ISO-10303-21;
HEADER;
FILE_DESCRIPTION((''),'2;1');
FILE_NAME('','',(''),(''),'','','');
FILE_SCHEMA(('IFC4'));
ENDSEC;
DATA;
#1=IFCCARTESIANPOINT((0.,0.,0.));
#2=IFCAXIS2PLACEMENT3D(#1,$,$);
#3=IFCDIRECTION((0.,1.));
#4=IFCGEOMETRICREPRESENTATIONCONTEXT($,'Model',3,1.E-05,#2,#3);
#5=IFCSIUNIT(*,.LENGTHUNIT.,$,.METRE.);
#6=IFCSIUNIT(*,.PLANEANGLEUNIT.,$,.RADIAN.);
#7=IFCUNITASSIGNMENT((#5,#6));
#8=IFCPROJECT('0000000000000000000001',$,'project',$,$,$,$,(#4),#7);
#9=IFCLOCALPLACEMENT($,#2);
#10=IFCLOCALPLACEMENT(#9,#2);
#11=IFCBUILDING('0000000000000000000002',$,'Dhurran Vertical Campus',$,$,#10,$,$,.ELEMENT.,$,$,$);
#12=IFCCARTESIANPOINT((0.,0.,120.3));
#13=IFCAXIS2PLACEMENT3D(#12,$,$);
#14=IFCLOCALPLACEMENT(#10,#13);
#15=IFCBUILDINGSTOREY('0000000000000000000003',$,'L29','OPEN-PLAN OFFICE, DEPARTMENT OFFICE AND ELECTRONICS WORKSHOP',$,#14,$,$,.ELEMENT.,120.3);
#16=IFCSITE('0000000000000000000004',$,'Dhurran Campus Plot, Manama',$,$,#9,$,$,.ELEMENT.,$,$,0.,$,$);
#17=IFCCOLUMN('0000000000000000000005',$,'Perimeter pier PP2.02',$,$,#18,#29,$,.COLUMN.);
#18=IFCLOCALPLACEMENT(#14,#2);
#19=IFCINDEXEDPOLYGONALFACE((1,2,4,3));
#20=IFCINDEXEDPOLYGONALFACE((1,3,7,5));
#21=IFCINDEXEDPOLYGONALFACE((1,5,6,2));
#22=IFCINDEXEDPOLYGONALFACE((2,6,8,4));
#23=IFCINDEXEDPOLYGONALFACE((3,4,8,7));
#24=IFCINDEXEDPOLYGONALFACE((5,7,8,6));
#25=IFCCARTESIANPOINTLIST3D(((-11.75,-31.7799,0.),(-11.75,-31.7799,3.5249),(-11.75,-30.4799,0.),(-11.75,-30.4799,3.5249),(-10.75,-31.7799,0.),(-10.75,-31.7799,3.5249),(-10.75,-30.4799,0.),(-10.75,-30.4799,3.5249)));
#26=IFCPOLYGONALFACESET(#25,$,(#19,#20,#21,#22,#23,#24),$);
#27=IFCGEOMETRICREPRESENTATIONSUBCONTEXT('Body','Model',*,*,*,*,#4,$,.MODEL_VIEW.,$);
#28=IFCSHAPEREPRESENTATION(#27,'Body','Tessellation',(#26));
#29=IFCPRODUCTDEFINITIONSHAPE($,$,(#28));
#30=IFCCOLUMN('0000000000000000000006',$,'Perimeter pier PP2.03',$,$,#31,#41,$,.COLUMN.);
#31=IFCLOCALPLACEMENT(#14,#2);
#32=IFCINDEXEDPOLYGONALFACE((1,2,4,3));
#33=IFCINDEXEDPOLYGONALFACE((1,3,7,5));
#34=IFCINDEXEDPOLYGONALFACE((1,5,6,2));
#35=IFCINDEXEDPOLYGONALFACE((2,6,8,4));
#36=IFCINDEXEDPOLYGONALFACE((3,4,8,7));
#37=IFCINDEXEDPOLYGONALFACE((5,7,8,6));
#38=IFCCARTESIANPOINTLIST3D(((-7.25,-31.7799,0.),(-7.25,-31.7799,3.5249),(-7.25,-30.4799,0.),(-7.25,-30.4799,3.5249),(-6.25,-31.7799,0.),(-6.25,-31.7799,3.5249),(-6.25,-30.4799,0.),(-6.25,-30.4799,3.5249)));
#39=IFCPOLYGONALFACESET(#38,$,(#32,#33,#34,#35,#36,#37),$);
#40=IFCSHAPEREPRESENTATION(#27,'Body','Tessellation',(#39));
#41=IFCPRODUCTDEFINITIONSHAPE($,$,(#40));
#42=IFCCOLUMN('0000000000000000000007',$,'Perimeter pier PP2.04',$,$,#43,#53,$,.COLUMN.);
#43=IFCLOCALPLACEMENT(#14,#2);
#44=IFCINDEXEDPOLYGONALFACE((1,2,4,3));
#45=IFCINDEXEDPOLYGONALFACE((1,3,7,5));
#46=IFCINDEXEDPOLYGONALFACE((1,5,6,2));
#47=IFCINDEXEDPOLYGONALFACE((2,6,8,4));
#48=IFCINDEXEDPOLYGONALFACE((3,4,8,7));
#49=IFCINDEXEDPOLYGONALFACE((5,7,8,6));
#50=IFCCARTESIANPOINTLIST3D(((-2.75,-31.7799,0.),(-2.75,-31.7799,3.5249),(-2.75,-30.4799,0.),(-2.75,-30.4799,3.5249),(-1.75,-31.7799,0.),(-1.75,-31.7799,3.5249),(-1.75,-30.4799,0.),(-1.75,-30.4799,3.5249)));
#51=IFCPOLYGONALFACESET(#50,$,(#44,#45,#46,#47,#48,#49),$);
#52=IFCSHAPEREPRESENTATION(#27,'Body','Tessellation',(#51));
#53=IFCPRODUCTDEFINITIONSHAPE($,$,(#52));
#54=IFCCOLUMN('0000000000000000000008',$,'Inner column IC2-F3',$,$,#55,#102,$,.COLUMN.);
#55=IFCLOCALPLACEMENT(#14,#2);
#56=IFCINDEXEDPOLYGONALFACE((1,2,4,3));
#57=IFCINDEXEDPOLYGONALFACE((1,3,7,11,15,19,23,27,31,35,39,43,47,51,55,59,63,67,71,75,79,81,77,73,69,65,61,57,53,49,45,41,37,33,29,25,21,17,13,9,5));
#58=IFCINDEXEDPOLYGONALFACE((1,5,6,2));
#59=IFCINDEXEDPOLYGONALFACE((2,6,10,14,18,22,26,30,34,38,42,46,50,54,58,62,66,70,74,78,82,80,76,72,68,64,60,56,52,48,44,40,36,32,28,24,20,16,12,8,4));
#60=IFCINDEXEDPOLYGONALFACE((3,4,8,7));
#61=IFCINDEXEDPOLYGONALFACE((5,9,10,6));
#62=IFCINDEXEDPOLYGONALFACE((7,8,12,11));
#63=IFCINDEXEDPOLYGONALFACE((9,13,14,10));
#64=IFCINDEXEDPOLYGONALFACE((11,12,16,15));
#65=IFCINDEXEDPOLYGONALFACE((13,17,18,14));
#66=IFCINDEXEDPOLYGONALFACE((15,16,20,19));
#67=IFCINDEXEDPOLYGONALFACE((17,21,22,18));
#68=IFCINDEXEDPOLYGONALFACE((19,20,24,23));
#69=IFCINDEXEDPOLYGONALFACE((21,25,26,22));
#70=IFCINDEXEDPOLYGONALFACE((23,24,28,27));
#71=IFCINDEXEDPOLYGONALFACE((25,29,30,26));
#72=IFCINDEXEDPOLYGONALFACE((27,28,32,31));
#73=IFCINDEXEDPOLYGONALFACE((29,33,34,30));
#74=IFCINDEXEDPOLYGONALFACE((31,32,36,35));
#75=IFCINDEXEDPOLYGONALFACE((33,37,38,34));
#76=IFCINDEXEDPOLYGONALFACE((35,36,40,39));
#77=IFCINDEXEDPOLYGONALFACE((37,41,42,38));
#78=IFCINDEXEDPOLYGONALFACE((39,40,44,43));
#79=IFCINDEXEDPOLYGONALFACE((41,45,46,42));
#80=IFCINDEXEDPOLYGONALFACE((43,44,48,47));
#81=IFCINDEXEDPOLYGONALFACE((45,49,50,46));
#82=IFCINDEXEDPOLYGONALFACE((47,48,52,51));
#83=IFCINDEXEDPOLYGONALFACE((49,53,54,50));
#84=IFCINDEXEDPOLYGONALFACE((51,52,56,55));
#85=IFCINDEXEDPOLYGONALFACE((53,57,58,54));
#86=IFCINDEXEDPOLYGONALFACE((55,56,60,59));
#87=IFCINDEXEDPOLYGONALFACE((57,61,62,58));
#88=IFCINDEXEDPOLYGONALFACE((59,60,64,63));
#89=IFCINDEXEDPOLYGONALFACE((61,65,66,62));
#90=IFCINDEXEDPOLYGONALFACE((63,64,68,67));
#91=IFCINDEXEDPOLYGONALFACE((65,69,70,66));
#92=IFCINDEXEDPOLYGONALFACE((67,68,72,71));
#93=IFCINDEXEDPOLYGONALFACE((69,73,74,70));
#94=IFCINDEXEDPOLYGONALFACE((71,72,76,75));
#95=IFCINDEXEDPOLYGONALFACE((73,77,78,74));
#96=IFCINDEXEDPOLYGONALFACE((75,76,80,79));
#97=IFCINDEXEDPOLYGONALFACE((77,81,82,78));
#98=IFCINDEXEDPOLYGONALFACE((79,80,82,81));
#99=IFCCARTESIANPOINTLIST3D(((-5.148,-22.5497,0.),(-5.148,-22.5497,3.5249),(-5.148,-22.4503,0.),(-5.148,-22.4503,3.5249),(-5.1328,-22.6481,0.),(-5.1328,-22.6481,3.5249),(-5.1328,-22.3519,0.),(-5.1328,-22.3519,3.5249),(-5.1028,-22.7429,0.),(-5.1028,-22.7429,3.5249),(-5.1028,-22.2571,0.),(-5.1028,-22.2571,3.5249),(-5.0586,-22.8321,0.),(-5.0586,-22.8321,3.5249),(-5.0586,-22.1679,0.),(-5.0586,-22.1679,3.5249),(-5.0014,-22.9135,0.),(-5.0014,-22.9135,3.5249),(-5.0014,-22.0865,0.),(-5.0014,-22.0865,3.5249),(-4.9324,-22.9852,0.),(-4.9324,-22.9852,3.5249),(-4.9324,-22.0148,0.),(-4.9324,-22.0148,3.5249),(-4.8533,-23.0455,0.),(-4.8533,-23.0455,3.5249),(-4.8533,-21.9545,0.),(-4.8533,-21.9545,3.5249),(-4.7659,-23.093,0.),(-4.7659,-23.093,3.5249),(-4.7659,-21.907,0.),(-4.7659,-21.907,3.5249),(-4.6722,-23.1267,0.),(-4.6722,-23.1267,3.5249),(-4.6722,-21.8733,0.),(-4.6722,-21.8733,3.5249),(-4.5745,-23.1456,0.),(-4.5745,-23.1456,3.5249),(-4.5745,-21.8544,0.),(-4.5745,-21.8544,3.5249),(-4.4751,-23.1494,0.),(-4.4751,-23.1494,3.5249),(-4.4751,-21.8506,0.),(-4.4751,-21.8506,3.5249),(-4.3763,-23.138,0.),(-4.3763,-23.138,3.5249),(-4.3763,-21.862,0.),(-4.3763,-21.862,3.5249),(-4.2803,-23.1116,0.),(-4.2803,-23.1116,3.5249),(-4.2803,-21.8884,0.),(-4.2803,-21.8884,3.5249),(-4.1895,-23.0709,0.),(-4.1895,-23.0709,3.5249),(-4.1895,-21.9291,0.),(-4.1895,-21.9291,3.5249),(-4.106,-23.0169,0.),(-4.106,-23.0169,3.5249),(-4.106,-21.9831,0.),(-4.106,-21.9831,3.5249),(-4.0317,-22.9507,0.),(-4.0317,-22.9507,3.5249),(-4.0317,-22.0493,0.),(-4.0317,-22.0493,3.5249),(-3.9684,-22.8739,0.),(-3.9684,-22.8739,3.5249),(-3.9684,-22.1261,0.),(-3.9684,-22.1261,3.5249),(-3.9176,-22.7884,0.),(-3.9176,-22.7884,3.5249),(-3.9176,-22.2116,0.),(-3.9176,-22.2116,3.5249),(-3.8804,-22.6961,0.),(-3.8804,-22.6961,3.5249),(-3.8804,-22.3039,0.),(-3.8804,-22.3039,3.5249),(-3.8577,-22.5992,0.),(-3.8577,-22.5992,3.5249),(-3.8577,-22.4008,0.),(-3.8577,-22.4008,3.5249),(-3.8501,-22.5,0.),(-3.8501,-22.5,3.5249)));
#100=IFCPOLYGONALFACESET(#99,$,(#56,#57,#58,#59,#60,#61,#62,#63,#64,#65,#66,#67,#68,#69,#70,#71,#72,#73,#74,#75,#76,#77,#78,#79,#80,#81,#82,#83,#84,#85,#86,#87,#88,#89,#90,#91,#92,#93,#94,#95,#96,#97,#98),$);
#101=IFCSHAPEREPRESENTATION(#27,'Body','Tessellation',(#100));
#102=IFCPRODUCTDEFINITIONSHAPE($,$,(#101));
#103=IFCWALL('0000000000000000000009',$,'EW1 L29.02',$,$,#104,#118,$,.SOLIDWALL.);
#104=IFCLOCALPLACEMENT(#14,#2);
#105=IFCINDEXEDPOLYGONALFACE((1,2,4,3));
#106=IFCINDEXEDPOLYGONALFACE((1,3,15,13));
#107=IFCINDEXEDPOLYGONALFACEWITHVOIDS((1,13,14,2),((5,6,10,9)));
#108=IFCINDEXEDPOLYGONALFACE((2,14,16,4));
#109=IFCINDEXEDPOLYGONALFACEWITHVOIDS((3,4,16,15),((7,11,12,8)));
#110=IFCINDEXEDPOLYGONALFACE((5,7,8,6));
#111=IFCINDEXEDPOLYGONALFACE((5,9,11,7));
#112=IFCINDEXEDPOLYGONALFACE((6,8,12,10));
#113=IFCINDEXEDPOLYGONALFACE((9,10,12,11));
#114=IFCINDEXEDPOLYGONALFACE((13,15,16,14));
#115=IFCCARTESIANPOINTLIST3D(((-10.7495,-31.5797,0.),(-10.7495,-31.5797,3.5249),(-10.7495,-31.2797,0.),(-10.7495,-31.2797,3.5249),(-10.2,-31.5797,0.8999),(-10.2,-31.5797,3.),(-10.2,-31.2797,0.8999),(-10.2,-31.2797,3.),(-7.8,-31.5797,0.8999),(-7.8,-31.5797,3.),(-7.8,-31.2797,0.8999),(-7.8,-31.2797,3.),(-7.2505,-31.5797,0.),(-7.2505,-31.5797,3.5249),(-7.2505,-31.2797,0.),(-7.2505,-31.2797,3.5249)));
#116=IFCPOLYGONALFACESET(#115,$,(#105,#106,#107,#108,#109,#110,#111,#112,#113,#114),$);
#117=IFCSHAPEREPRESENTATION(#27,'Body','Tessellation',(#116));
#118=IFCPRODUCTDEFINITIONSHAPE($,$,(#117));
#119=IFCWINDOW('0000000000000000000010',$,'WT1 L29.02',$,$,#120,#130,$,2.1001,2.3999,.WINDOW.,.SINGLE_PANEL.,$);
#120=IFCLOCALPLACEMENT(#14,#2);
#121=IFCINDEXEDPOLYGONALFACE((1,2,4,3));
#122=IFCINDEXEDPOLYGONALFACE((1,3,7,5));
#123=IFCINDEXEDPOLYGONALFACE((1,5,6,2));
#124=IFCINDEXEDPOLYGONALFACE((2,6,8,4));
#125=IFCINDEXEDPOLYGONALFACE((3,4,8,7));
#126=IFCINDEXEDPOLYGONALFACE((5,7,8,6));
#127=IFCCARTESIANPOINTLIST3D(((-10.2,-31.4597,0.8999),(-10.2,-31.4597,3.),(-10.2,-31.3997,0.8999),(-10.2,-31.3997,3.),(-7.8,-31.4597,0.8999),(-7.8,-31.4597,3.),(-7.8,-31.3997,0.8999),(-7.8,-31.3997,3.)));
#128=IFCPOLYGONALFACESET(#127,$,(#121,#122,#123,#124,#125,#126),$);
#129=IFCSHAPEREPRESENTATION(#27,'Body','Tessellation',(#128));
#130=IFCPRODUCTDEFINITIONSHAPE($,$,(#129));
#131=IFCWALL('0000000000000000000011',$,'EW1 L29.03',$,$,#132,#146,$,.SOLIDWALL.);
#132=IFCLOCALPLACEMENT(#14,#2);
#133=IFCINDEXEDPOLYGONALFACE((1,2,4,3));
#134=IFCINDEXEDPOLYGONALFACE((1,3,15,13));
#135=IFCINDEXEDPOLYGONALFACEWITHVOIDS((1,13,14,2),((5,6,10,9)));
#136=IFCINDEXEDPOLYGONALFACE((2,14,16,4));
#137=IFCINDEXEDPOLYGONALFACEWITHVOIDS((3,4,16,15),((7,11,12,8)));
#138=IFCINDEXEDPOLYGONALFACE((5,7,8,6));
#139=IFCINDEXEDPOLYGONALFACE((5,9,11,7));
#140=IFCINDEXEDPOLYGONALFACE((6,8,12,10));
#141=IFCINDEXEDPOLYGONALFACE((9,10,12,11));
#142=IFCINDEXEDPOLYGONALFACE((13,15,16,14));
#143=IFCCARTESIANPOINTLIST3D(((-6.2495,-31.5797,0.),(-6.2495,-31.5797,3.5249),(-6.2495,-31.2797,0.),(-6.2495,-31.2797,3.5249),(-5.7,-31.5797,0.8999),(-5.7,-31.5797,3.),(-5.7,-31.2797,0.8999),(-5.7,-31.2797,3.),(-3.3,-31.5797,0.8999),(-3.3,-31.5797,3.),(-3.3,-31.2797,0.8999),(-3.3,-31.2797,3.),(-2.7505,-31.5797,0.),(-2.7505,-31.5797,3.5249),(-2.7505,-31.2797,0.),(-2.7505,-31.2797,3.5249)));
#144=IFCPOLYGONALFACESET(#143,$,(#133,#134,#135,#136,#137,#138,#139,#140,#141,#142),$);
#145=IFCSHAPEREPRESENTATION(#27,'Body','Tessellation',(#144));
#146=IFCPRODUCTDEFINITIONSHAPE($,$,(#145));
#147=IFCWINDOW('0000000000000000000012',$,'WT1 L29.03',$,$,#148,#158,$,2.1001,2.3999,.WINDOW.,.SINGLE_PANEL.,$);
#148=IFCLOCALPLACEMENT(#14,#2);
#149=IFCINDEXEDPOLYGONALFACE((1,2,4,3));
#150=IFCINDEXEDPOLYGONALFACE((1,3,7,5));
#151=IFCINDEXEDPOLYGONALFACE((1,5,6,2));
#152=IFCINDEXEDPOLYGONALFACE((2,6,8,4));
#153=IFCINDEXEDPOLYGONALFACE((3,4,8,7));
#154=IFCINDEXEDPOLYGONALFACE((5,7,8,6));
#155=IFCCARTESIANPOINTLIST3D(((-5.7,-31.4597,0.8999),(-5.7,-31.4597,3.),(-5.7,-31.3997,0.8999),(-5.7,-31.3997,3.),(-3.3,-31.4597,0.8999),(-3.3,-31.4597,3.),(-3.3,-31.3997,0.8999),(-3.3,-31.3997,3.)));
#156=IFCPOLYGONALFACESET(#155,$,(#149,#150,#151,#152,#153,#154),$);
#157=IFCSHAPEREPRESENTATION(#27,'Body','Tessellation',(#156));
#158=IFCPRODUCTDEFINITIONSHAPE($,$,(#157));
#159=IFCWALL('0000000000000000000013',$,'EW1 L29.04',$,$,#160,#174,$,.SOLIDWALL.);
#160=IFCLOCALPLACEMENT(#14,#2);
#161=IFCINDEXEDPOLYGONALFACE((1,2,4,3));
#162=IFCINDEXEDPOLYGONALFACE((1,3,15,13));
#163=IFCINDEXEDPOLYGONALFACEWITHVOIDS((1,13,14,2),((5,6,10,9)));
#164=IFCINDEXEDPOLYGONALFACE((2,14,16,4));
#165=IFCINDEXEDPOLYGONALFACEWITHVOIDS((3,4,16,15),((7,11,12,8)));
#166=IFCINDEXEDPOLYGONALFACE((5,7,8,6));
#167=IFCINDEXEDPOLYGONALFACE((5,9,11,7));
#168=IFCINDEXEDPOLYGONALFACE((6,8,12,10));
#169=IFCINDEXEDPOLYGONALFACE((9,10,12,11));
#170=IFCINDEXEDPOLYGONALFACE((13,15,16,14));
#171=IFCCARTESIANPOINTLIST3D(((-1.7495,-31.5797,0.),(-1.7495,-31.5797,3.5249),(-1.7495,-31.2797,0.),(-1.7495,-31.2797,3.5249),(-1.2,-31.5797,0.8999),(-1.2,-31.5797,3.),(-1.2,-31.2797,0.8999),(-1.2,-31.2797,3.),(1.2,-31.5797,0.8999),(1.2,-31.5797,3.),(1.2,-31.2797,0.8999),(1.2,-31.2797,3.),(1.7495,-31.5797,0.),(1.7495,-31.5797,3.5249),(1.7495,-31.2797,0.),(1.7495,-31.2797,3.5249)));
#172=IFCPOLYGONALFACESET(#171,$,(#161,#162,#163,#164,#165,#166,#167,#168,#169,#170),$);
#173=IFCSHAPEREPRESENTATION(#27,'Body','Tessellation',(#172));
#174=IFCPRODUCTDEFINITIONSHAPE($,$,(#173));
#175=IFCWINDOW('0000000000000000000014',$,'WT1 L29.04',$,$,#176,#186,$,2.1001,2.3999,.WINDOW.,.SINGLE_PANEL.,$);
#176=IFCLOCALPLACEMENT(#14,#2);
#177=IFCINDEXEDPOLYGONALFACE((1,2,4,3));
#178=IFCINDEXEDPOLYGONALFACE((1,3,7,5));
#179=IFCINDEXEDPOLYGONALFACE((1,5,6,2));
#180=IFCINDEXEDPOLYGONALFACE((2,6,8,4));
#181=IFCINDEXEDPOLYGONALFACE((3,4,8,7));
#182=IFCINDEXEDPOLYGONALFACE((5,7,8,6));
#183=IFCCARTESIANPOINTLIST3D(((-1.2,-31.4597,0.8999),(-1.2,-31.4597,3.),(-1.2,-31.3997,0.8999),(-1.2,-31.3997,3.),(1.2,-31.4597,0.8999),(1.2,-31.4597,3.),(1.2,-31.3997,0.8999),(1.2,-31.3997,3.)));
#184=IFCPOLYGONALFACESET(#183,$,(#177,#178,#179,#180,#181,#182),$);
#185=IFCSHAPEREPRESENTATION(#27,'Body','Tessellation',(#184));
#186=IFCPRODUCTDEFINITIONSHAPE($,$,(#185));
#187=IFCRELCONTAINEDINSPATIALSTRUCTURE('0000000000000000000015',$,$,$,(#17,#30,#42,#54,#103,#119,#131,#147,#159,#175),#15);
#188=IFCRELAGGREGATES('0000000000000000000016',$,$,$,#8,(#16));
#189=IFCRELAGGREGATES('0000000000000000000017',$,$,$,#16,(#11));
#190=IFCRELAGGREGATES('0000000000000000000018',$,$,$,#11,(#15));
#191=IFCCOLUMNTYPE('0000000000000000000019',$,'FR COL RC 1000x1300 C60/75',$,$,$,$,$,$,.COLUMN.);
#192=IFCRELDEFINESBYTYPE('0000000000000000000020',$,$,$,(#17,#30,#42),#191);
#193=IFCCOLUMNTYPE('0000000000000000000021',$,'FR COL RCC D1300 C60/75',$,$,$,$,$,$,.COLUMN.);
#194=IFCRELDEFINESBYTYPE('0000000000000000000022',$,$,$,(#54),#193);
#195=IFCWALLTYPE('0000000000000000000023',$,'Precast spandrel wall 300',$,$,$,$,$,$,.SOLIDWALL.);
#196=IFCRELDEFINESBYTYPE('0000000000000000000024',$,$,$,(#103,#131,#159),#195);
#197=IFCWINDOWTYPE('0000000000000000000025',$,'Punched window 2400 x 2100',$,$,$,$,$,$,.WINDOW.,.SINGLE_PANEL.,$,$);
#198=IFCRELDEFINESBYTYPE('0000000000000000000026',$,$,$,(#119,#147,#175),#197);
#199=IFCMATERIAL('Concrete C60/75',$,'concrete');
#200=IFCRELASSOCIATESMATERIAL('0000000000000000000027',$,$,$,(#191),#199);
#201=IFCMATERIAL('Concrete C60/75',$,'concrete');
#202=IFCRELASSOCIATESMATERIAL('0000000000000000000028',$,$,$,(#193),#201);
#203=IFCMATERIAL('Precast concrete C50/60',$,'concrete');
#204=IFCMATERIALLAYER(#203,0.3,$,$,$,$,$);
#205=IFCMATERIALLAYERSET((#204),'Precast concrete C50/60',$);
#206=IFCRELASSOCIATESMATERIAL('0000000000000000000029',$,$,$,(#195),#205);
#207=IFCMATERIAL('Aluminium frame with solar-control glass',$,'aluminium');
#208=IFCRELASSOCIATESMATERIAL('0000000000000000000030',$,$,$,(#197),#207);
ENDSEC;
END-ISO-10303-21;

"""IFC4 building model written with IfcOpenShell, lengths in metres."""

from ifc_helpers import new_model, si_unit, direction, frame, frame_2d, origin, origin_2d, place, context, subcontext, project, spatial, rectangle, circle, extrude, material, layer, layer_set, material_profile, profile_set, type_object, element, fill, save


model = new_model("IFC4")

# Units and contexts
model_context = context("Model", 3, precision=1e-05, world=origin(), true_north=direction((0.0, 1.0)))
body_context = subcontext(model_context, "Body", "Model", "MODEL_VIEW")
ifc_project = project(units=[si_unit("LENGTHUNIT", "METRE"), si_unit("PLANEANGLEUNIT", "RADIAN")], contexts=[model_context])

# Site, building, storey
site_placement = place(None, origin())
site = spatial("IfcSite", under=ifc_project, at=site_placement, Name="Dhurran Campus Plot, Manama", CompositionType="ELEMENT", RefElevation=0.0)
building_placement = place(site_placement, origin())
building = spatial("IfcBuilding", under=site, at=building_placement, Name="Dhurran Vertical Campus", CompositionType="ELEMENT")
storey_placement = place(building_placement, frame((0.0, 0.0, 120.3)))
storey = spatial("IfcBuildingStorey", under=building, at=storey_placement, Name="L29", Description="OPEN-PLAN OFFICE, DEPARTMENT OFFICE AND ELECTRONICS WORKSHOP", CompositionType="ELEMENT", Elevation=120.3)

# Columns
ifc_material_1 = material(Name="Concrete C60/75", Category="concrete")
ifc_material_profile_1 = material_profile(ifc_material_1, rectangle(XDim=1.0, YDim=1.3, at=origin_2d()), Name="RC 1000x1300")
ifc_profile_set_1 = profile_set([ifc_material_profile_1], Name="Concrete C60/75")
column_type_1 = type_object("IfcColumnType", Name="FR COL RC 1000x1300 C60/75", PredefinedType="COLUMN", material=ifc_profile_set_1)
for number, where, z_axis, x_axis, name in (
    (1, (-11.25, -31.1299, 0.0), (0.0, 0.0, 1.0), (1.0, 0.0, 0.0), "Perimeter pier PP2.02"),
    (2, (-6.75, -31.1299, 0.0), (0.0, 0.0, 1.0), (1.0, 0.0, 0.0), "Perimeter pier PP2.03"),
    (3, (-2.25, -31.1299, 0.0), (0.0, 0.0, 1.0), (1.0, 0.0, 0.0), "Perimeter pier PP2.04"),
):
    element("IfcColumn", number, at=place(storey_placement, frame(where, z_axis=z_axis, x_axis=x_axis)), inside=storey, type_object=column_type_1, Name=name, PredefinedType="COLUMN", context=body_context, shape_type="SweptSolid", body=[
        extrude(rectangle(XDim=1.0, YDim=1.3, at=origin_2d()), origin(), (0.0, 0.0, 1.0), 3.5249),
    ])
ifc_material_2 = material(Name="Concrete C60/75", Category="concrete")
ifc_material_profile_2 = material_profile(ifc_material_2, circle(Radius=0.6499, at=origin_2d()), Name="RCC D1300")
ifc_profile_set_2 = profile_set([ifc_material_profile_2], Name="Concrete C60/75")
column_type_2 = type_object("IfcColumnType", Name="FR COL RCC D1300 C60/75", PredefinedType="COLUMN", material=ifc_profile_set_2)
column_placement = place(storey_placement, frame((-4.5, -22.5, 0.0), z_axis=(0.0, 0.0, 1.0), x_axis=(1.0, 0.0, 0.0)))
element("IfcColumn", 4, at=column_placement, inside=storey, type_object=column_type_2, Name="Inner column IC2-F3", PredefinedType="COLUMN", context=body_context, shape_type="SweptSolid", body=[
    extrude(circle(Radius=0.6499, at=origin_2d()), origin(), (0.0, 0.0, 1.0), 3.5249),
])

# Walls, openings, windows
ifc_material_3 = material(Name="Precast concrete C50/60", Category="concrete")
ifc_layer_1 = layer(ifc_material_3, 0.3)
ifc_layer_set_1 = layer_set([ifc_layer_1], Name="Precast concrete C50/60")
wall_type_1 = type_object("IfcWallType", Name="Precast spandrel wall 300", PredefinedType="SOLIDWALL", material=ifc_layer_set_1)
wall_1_placement = place(storey_placement, frame((-10.7495, -31.4297, 0.0), z_axis=(0.0, 0.0, 1.0), x_axis=(1.0, 0.0, 0.0)))
wall_1 = element("IfcWall", 5, at=wall_1_placement, inside=storey, type_object=wall_type_1, Name="EW1 L29.02", PredefinedType="SOLIDWALL", context=body_context, shape_type="SweptSolid", body=[
    extrude(rectangle(XDim=3.499, YDim=0.3, at=frame_2d((1.7495, 0.0))), origin(), (0.0, 0.0, 1.0), 3.5249),
])
opening_1_placement = place(wall_1_placement, frame((0.5496, 0.0, 0.8999)))
opening_1 = element("IfcOpeningElement", 6, at=opening_1_placement, cuts=wall_1, PredefinedType="OPENING", context=body_context, shape_type="SweptSolid", body=[
    extrude(rectangle(XDim=2.3999, YDim=2.1001, at=frame_2d((1.2, 1.05))), frame((0.0, 0.1599, 0.0), z_axis=(0.0, -1.0, 0.0), x_axis=(1.0, 0.0, 0.0)), (0.0, 0.0, 1.0), 0.3201),
])
ifc_material_4 = material(Name="Aluminium frame with solar-control glass", Category="aluminium")
window_type = type_object("IfcWindowType", Name="Punched window 2400 x 2100", PartitioningType="SINGLE_PANEL", PredefinedType="WINDOW", material=ifc_material_4)
window_1_placement = place(opening_1_placement, origin())
window_1 = element("IfcWindow", 7, at=window_1_placement, inside=storey, type_object=window_type, Name="WT1 L29.02", OverallHeight=2.1001, OverallWidth=2.3999, PartitioningType="SINGLE_PANEL", PredefinedType="WINDOW", context=body_context, shape_type="SweptSolid", body=[
    extrude(rectangle(XDim=2.3999, YDim=2.1001, at=frame_2d((1.2, 1.05))), frame((0.0, 0.03, 0.0), z_axis=(0.0, -1.0, 0.0), x_axis=(1.0, 0.0, 0.0)), (0.0, 0.0, 1.0), 0.0601),
])
fill(opening_1, window_1)
wall_2_placement = place(storey_placement, frame((-6.2495, -31.4297, 0.0), z_axis=(0.0, 0.0, 1.0), x_axis=(1.0, 0.0, 0.0)))
wall_2 = element("IfcWall", 8, at=wall_2_placement, inside=storey, type_object=wall_type_1, Name="EW1 L29.03", PredefinedType="SOLIDWALL", context=body_context, shape_type="SweptSolid", body=[
    extrude(rectangle(XDim=3.499, YDim=0.3, at=frame_2d((1.7495, 0.0))), origin(), (0.0, 0.0, 1.0), 3.5249),
])
opening_2_placement = place(wall_2_placement, frame((0.5496, 0.0, 0.8999)))
opening_2 = element("IfcOpeningElement", 9, at=opening_2_placement, cuts=wall_2, PredefinedType="OPENING", context=body_context, shape_type="SweptSolid", body=[
    extrude(rectangle(XDim=2.3999, YDim=2.1001, at=frame_2d((1.2, 1.05))), frame((0.0, 0.1599, 0.0), z_axis=(0.0, -1.0, 0.0), x_axis=(1.0, 0.0, 0.0)), (0.0, 0.0, 1.0), 0.3201),
])
window_2_placement = place(opening_2_placement, origin())
window_2 = element("IfcWindow", 10, at=window_2_placement, inside=storey, type_object=window_type, Name="WT1 L29.03", OverallHeight=2.1001, OverallWidth=2.3999, PartitioningType="SINGLE_PANEL", PredefinedType="WINDOW", context=body_context, shape_type="SweptSolid", body=[
    extrude(rectangle(XDim=2.3999, YDim=2.1001, at=frame_2d((1.2, 1.05))), frame((0.0, 0.03, 0.0), z_axis=(0.0, -1.0, 0.0), x_axis=(1.0, 0.0, 0.0)), (0.0, 0.0, 1.0), 0.0601),
])
fill(opening_2, window_2)
wall_3_placement = place(storey_placement, frame((-1.7495, -31.4297, 0.0), z_axis=(0.0, 0.0, 1.0), x_axis=(1.0, 0.0, 0.0)))
wall_3 = element("IfcWall", 11, at=wall_3_placement, inside=storey, type_object=wall_type_1, Name="EW1 L29.04", PredefinedType="SOLIDWALL", context=body_context, shape_type="SweptSolid", body=[
    extrude(rectangle(XDim=3.499, YDim=0.3, at=frame_2d((1.7495, 0.0))), origin(), (0.0, 0.0, 1.0), 3.5249),
])
opening_3_placement = place(wall_3_placement, frame((0.5496, 0.0, 0.8999)))
opening_3 = element("IfcOpeningElement", 12, at=opening_3_placement, cuts=wall_3, PredefinedType="OPENING", context=body_context, shape_type="SweptSolid", body=[
    extrude(rectangle(XDim=2.3999, YDim=2.1001, at=frame_2d((1.2, 1.05))), frame((0.0, 0.1599, 0.0), z_axis=(0.0, -1.0, 0.0), x_axis=(1.0, 0.0, 0.0)), (0.0, 0.0, 1.0), 0.3201),
])
window_3_placement = place(opening_3_placement, origin())
window_3 = element("IfcWindow", 13, at=window_3_placement, inside=storey, type_object=window_type, Name="WT1 L29.04", OverallHeight=2.1001, OverallWidth=2.3999, PartitioningType="SINGLE_PANEL", PredefinedType="WINDOW", context=body_context, shape_type="SweptSolid", body=[
    extrude(rectangle(XDim=2.3999, YDim=2.1001, at=frame_2d((1.2, 1.05))), frame((0.0, 0.03, 0.0), z_axis=(0.0, -1.0, 0.0), x_axis=(1.0, 0.0, 0.0)), (0.0, 0.0, 1.0), 0.0601),
])
fill(opening_3, window_3)

save(model, "model.ifc")
